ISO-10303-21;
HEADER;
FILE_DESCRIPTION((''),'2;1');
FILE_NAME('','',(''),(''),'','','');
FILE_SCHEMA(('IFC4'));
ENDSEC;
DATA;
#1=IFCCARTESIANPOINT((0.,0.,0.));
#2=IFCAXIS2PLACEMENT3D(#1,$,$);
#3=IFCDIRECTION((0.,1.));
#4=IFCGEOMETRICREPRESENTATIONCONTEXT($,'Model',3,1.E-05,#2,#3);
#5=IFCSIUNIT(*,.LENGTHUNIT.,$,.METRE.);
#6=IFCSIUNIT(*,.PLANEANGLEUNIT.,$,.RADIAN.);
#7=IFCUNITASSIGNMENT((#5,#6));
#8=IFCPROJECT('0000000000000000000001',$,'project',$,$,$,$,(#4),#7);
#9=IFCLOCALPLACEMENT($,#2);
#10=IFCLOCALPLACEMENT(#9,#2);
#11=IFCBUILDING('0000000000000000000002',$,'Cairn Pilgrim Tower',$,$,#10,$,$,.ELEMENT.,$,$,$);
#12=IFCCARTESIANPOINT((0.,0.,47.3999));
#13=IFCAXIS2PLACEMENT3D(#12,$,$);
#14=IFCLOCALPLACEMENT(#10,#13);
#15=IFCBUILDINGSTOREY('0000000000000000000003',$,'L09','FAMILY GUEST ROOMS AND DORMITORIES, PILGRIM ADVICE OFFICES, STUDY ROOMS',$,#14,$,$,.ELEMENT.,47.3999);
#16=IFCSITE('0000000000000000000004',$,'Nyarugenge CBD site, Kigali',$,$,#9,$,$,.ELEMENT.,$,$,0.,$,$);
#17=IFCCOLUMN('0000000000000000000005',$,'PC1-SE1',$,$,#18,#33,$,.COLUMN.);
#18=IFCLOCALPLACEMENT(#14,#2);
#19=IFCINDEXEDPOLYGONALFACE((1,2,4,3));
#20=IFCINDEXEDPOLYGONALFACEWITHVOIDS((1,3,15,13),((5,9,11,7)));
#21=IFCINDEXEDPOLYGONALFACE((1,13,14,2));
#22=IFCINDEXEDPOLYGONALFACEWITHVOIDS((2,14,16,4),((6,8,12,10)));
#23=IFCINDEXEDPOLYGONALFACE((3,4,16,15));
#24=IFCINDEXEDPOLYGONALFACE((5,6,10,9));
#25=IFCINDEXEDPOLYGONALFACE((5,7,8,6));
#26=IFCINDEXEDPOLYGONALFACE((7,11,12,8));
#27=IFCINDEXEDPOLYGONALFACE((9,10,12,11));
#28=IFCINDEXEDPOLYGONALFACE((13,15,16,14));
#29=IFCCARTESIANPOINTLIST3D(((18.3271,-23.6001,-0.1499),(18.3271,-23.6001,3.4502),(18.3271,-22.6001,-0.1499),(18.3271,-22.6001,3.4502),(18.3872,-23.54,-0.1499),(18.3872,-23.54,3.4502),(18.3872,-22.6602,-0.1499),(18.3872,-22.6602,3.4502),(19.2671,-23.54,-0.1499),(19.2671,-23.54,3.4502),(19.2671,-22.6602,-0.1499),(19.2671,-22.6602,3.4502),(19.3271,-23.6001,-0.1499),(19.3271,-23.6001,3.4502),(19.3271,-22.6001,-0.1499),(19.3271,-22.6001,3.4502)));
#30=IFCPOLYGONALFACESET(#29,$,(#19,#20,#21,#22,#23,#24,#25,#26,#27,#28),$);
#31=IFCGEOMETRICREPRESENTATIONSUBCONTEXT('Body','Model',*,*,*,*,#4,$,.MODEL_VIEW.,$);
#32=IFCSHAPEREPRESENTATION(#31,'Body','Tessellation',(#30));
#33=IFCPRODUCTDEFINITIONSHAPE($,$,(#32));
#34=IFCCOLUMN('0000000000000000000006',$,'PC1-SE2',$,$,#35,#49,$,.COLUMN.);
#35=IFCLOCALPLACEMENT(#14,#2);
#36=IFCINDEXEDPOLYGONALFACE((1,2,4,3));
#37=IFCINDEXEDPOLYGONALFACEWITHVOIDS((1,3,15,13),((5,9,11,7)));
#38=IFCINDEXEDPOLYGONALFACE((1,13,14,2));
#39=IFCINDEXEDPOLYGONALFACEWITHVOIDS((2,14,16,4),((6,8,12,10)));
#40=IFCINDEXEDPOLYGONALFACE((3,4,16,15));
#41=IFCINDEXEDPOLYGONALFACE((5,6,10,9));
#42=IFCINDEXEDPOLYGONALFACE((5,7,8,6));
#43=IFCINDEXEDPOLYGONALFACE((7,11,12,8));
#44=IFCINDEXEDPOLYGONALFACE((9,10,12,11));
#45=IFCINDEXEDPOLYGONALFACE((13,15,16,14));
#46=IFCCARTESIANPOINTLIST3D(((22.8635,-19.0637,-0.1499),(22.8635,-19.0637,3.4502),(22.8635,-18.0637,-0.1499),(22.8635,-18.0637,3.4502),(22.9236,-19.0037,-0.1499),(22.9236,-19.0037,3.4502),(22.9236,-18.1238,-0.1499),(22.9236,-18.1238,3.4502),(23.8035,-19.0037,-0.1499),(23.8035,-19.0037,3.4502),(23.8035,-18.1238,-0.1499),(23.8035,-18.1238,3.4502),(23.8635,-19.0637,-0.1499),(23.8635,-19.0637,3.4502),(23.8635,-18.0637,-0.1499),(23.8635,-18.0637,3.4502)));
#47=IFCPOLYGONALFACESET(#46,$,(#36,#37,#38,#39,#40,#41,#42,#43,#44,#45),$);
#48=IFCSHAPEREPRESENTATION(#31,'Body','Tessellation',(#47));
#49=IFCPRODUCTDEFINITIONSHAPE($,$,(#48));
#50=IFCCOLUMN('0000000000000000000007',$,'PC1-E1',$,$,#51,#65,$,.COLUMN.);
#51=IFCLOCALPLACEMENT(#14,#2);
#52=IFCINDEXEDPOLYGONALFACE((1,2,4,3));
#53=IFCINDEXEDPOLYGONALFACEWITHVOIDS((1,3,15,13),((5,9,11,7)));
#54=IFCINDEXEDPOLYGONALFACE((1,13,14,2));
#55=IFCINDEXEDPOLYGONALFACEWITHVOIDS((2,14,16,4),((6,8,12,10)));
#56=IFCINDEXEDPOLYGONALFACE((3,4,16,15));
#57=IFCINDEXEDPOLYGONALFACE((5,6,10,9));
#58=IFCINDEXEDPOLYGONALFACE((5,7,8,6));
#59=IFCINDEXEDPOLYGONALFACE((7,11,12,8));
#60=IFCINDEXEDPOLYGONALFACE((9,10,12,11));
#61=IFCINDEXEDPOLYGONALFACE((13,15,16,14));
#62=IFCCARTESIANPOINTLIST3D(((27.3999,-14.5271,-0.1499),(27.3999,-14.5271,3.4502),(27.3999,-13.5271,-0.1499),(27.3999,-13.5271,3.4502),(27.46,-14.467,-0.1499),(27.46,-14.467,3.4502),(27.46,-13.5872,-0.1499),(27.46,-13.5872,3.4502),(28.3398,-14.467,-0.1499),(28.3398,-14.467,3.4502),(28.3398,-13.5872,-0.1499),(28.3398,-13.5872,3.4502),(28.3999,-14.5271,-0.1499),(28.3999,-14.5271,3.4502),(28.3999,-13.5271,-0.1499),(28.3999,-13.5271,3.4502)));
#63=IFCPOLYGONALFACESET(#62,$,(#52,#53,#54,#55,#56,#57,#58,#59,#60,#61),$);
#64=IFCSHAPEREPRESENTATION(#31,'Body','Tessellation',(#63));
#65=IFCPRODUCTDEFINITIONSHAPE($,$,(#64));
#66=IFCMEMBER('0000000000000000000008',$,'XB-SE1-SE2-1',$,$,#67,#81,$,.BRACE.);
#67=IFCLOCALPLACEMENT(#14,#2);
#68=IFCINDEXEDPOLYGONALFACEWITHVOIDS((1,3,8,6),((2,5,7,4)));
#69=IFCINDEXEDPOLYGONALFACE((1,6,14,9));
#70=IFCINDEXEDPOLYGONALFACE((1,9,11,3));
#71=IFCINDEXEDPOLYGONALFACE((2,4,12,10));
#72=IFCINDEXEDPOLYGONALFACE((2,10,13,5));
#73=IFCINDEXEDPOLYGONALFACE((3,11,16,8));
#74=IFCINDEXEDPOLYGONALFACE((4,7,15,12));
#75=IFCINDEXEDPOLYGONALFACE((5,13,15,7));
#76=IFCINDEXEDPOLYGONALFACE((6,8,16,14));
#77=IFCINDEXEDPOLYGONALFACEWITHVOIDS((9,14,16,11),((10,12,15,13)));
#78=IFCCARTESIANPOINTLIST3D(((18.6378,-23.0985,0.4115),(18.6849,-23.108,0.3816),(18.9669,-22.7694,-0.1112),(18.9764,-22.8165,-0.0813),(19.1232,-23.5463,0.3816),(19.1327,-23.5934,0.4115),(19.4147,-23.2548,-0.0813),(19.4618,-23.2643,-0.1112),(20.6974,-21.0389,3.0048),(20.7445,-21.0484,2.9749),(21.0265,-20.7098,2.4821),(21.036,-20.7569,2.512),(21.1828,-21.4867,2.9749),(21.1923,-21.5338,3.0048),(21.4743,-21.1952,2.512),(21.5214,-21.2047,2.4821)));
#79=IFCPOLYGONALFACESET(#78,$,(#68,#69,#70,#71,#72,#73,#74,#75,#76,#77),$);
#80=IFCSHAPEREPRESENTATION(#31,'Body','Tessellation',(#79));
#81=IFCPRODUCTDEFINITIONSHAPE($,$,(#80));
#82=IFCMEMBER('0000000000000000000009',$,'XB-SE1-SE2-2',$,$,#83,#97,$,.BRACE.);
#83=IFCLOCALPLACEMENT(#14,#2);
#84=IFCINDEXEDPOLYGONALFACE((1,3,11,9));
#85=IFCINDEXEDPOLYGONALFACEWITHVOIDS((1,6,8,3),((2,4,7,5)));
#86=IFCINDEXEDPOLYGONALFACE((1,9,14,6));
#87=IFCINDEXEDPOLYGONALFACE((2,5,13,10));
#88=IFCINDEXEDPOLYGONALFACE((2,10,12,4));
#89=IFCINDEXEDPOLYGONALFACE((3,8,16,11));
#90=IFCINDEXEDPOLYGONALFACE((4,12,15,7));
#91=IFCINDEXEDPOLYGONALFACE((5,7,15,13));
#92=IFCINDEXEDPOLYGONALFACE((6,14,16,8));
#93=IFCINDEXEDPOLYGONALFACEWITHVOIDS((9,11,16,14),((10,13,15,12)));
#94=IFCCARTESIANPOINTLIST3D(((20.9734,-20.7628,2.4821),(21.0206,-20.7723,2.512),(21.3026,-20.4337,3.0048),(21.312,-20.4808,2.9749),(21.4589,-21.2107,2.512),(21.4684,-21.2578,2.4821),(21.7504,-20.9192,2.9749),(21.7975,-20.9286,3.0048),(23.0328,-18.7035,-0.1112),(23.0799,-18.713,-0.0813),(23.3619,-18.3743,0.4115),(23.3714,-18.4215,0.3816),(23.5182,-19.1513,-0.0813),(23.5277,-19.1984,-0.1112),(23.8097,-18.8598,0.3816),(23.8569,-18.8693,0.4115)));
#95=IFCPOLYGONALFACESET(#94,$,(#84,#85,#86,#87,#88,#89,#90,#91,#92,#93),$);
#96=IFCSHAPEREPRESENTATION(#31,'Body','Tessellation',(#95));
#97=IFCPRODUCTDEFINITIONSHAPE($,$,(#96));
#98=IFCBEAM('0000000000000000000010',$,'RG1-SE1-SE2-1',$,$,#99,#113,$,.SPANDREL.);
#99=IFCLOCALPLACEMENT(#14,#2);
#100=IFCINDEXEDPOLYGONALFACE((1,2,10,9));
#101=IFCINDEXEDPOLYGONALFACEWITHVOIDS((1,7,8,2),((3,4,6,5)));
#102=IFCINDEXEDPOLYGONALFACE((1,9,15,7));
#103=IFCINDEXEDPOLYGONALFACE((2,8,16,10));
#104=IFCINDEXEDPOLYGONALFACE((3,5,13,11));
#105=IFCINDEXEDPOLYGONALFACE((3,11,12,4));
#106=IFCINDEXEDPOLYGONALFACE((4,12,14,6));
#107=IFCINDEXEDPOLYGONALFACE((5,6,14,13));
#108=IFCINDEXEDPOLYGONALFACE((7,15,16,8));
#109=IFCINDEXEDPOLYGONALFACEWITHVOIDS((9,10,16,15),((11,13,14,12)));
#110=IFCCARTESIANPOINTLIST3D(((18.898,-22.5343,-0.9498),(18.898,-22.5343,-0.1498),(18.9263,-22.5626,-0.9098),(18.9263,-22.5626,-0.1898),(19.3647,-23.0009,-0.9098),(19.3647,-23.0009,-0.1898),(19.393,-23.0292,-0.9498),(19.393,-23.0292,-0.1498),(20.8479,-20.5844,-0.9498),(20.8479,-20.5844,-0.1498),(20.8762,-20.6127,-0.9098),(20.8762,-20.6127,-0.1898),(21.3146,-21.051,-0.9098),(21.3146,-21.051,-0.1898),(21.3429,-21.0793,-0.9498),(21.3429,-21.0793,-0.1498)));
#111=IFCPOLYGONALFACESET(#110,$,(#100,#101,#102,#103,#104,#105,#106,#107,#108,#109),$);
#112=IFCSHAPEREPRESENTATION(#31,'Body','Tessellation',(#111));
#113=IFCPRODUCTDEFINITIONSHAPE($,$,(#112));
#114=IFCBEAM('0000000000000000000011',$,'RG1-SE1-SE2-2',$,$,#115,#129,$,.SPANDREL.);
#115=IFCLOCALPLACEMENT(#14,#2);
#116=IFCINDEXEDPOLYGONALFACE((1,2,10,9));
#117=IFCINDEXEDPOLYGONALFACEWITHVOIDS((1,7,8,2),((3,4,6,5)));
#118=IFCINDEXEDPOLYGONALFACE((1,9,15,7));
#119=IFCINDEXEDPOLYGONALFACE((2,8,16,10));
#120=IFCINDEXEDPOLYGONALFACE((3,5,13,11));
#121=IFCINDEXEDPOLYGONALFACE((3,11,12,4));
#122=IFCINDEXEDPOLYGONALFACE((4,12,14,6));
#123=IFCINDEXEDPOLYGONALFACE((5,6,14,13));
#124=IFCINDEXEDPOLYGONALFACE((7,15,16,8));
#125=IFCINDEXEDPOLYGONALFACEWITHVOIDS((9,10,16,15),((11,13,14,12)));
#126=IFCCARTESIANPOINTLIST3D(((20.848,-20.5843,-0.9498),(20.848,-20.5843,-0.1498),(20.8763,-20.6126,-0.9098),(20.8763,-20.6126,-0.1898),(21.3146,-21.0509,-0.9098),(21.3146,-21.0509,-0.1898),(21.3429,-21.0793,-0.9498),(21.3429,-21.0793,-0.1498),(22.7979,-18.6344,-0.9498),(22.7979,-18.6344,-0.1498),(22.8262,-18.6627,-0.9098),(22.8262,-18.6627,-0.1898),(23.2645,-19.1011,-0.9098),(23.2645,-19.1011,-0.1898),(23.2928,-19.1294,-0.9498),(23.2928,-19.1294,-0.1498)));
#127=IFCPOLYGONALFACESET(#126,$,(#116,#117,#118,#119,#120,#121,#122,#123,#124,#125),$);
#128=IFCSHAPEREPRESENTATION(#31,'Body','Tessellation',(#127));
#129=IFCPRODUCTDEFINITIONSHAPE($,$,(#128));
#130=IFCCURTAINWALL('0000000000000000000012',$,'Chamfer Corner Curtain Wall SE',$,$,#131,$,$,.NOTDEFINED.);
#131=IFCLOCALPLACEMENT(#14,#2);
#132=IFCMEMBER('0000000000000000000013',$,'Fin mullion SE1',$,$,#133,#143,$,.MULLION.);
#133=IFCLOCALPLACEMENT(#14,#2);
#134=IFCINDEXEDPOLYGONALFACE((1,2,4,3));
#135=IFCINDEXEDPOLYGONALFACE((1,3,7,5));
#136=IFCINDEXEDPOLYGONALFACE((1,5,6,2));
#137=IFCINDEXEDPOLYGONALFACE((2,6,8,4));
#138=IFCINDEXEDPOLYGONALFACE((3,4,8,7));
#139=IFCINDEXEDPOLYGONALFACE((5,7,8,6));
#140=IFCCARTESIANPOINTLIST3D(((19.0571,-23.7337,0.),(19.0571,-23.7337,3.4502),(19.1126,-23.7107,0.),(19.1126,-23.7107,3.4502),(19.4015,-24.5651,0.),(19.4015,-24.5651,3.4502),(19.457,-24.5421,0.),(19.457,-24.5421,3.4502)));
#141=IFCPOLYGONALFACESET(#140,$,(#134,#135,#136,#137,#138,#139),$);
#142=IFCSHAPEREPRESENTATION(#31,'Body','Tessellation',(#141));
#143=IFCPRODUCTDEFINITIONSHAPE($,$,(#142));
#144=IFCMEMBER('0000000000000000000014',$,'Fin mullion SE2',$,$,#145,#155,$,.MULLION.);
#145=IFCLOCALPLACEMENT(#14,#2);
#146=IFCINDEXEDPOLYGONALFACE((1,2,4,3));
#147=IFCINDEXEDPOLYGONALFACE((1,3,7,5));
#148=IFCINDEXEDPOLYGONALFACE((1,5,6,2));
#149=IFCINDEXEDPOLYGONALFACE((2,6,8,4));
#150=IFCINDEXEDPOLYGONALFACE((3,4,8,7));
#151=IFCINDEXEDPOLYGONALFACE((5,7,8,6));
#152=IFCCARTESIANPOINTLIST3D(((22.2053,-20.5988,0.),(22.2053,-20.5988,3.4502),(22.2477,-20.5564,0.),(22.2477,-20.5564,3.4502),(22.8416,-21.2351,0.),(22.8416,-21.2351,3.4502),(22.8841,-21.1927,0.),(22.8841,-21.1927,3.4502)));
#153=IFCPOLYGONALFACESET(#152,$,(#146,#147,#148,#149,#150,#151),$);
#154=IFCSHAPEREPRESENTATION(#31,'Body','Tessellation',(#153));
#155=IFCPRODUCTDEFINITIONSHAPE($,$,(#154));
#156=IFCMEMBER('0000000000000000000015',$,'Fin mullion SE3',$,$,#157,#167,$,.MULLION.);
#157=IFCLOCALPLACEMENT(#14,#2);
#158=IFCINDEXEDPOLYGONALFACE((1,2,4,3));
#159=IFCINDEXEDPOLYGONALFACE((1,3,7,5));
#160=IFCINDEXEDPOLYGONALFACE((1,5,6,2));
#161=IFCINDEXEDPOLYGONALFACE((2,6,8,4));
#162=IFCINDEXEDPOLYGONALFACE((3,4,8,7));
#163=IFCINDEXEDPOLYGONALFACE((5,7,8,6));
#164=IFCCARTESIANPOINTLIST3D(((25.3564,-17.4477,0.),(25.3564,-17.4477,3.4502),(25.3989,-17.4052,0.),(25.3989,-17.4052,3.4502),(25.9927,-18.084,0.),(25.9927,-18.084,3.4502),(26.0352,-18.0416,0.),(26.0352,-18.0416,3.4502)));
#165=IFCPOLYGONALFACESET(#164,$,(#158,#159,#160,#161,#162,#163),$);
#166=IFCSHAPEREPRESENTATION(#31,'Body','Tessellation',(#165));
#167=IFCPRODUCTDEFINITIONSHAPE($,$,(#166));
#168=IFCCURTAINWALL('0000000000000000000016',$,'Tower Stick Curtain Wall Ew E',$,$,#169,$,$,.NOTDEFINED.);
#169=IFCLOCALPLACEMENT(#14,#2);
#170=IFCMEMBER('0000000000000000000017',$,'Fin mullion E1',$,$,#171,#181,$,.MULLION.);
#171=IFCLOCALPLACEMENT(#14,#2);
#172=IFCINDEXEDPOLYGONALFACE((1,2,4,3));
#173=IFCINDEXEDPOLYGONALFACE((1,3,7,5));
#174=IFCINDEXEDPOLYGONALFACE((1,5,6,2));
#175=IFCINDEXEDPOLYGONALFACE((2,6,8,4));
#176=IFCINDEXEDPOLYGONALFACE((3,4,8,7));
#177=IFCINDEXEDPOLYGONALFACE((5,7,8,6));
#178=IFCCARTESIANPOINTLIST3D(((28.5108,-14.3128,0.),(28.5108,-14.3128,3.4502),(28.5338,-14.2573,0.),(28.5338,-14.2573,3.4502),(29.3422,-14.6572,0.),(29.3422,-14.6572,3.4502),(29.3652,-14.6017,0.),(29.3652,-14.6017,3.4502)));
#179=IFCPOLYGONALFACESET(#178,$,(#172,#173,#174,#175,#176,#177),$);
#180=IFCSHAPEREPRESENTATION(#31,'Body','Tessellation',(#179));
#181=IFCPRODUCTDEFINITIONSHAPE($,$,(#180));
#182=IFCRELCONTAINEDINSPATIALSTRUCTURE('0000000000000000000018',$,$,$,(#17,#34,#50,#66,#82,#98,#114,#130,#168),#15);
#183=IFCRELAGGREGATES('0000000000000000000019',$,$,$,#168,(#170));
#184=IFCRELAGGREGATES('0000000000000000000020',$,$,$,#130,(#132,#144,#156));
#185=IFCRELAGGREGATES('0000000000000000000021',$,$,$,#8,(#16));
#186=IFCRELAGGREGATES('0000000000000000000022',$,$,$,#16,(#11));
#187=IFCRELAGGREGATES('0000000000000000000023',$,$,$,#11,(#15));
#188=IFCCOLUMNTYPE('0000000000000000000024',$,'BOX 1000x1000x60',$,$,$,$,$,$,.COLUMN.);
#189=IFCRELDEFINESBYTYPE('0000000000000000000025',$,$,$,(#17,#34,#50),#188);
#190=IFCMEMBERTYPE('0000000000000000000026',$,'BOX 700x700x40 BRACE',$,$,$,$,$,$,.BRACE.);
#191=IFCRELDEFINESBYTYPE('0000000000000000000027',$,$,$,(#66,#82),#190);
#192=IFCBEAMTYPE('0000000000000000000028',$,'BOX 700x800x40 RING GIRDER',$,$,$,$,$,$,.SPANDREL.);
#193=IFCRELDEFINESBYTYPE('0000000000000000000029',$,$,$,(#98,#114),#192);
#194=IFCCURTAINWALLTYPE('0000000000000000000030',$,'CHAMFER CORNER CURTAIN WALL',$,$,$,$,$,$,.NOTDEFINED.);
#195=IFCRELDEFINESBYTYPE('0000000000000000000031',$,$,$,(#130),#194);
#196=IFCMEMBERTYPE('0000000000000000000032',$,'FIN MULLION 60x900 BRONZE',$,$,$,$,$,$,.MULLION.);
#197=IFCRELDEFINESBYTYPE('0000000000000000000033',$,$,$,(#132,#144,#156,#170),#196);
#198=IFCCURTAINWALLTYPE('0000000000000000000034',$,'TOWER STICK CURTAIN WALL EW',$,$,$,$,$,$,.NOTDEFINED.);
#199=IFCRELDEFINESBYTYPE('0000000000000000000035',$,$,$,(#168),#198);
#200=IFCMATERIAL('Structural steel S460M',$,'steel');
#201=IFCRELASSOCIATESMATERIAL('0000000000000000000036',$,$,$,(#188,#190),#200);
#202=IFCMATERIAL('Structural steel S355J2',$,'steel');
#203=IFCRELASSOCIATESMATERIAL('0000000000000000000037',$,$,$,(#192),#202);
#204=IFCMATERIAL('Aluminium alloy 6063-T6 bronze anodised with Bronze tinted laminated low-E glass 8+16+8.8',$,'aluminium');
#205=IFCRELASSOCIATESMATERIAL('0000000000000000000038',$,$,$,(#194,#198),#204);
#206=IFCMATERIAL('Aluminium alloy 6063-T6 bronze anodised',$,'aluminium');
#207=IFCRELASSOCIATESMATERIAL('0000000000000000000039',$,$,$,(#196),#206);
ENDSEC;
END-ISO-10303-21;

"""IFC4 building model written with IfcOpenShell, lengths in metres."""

from ifc_helpers import new_model, si_unit, direction, frame, origin, origin_2d, place, context, subcontext, project, spatial, rectangle, hollow_rectangle, extrude, material, material_profile, profile_set, type_object, element, aggregate, save


model = new_model("IFC4")

# Units and contexts
model_context = context("Model", 3, precision=1e-05, world=origin(), true_north=direction((0.0, 1.0)))
body_context = subcontext(model_context, "Body", "Model", "MODEL_VIEW")
ifc_project = project(units=[si_unit("LENGTHUNIT", "METRE"), si_unit("PLANEANGLEUNIT", "RADIAN")], contexts=[model_context])

# Site, building, storey
site_placement = place(None, origin())
site = spatial("IfcSite", under=ifc_project, at=site_placement, Name="Nyarugenge CBD site, Kigali", CompositionType="ELEMENT", RefElevation=0.0)
building_placement = place(site_placement, origin())
building = spatial("IfcBuilding", under=site, at=building_placement, Name="Cairn Pilgrim Tower", CompositionType="ELEMENT")
storey_placement = place(building_placement, frame((0.0, 0.0, 47.3999)))
storey = spatial("IfcBuildingStorey", under=building, at=storey_placement, Name="L09", Description="FAMILY GUEST ROOMS AND DORMITORIES, PILGRIM ADVICE OFFICES, STUDY ROOMS", CompositionType="ELEMENT", Elevation=47.3999)

# Columns
ifc_material_1 = material(Name="Structural steel S460M", Category="steel")
ifc_material_profile_1 = material_profile(ifc_material_1, hollow_rectangle(XDim=1.0, YDim=1.0, WallThickness=0.0601, at=origin_2d()), Name="BOX 1000x1000x60")
ifc_profile_set_1 = profile_set([ifc_material_profile_1], Name="Structural steel S460M")
column_type = type_object("IfcColumnType", Name="BOX 1000x1000x60", PredefinedType="COLUMN", material=ifc_profile_set_1)
for number, where, z_axis, x_axis, name in (
    (1, (18.8271, -23.1001, -0.1499), (0.0, 0.0, 1.0), (1.0, 0.0, 0.0), "PC1-SE1"),
    (2, (23.3635, -18.5637, -0.1499), (0.0, 0.0, 1.0), (1.0, 0.0, 0.0), "PC1-SE2"),
    (3, (27.8999, -14.0271, -0.1499), (0.0, 0.0, 1.0), (1.0, 0.0, 0.0), "PC1-E1"),
):
    element("IfcColumn", number, at=place(storey_placement, frame(where, z_axis=z_axis, x_axis=x_axis)), inside=storey, type_object=column_type, Name=name, PredefinedType="COLUMN", context=body_context, shape_type="SweptSolid", body=[
        extrude(hollow_rectangle(XDim=1.0, YDim=1.0, WallThickness=0.0601, at=origin_2d()), origin(), (0.0, 0.0, 1.0), 3.6001),
    ])

# Members
ifc_material_profile_2 = material_profile(ifc_material_1, hollow_rectangle(XDim=0.7, YDim=0.7, WallThickness=0.04, at=origin_2d()), Name="BOX 700x700x40")
ifc_profile_set_2 = profile_set([ifc_material_profile_2], Name="Structural steel S460M")
member_type_1 = type_object("IfcMemberType", Name="BOX 700x700x40 BRACE", PredefinedType="BRACE", material=ifc_profile_set_2)
member_1_placement = place(storey_placement, frame((19.0498, -23.1814, 0.1501), z_axis=(0.528118, 0.528118, 0.664968), x_axis=(-0.707107, 0.707107, 0.0)))
element("IfcMember", 4, at=member_1_placement, inside=storey, type_object=member_type_1, Name="XB-SE1-SE2-1", PredefinedType="BRACE", context=body_context, shape_type="SweptSolid", body=[
    extrude(hollow_rectangle(XDim=0.7, YDim=0.7, WallThickness=0.04, at=origin_2d()), origin(), (0.0, 0.0, 1.0), 3.8999),
])
member_2_placement = place(storey_placement, frame((23.4448, -18.7864, 0.1501), z_axis=(-0.52809, -0.52809, 0.665012), x_axis=(0.707107, -0.707107, 0.0)))
element("IfcMember", 5, at=member_2_placement, inside=storey, type_object=member_type_1, Name="XB-SE1-SE2-2", PredefinedType="BRACE", context=body_context, shape_type="SweptSolid", body=[
    extrude(hollow_rectangle(XDim=0.7, YDim=0.7, WallThickness=0.04, at=origin_2d()), origin(), (0.0, 0.0, 1.0), 3.8997),
])

# Beams
ifc_material_2 = material(Name="Structural steel S355J2", Category="steel")
ifc_material_profile_3 = material_profile(ifc_material_2, hollow_rectangle(XDim=0.7, YDim=0.8, WallThickness=0.04, at=origin_2d()), Name="BOX 700x800x40")
ifc_profile_set_3 = profile_set([ifc_material_profile_3], Name="Structural steel S355J2")
beam_type_1 = type_object("IfcBeamType", Name="BOX 700x800x40 RING GIRDER", PredefinedType="SPANDREL", material=ifc_profile_set_3)
for number, where, z_axis, x_axis, name in (
    (6, (19.1455, -22.7817, -0.5498), (0.707107, 0.707107, 0.0), (-0.707107, 0.707107, 0.0), "RG1-SE1-SE2-1"),
    (7, (21.0955, -20.8318, -0.5498), (0.707107, 0.707107, 0.0), (-0.707107, 0.707107, 0.0), "RG1-SE1-SE2-2"),
):
    element("IfcBeam", number, at=place(storey_placement, frame(where, z_axis=z_axis, x_axis=x_axis)), inside=storey, type_object=beam_type_1, Name=name, PredefinedType="SPANDREL", context=body_context, shape_type="SweptSolid", body=[
        extrude(hollow_rectangle(XDim=0.7, YDim=0.8, WallThickness=0.04, at=origin_2d()), origin(), (0.0, 0.0, 1.0), 2.7576),
    ])

# Curtain wall, members
ifc_material_3 = material(Name="Aluminium alloy 6063-T6 bronze anodised with Bronze tinted laminated low-E glass 8+16+8.8", Category="aluminium")
curtain_wall_type_1 = type_object("IfcCurtainWallType", Name="CHAMFER CORNER CURTAIN WALL", PredefinedType="NOTDEFINED", material=ifc_material_3)
curtain_wall_1_placement = place(storey_placement, origin())
curtain_wall_1 = element("IfcCurtainWall", 8, at=curtain_wall_1_placement, inside=storey, type_object=curtain_wall_type_1, Name="Chamfer Corner Curtain Wall SE", PredefinedType="NOTDEFINED")
ifc_material_4 = material(Name="Aluminium alloy 6063-T6 bronze anodised", Category="aluminium")
ifc_material_profile_4 = material_profile(ifc_material_4, rectangle(XDim=0.8999, YDim=0.0601, at=origin_2d()), Name="FIN MULLION 60x900 BRONZE")
ifc_profile_set_4 = profile_set([ifc_material_profile_4], Name="Aluminium alloy 6063-T6 bronze anodised")
member_type_2 = type_object("IfcMemberType", Name="FIN MULLION 60x900 BRONZE", PredefinedType="MULLION", material=ifc_profile_set_4)
member_3_placement = place(storey_placement, frame((19.2571, -24.1379, 0.0), z_axis=(0.0, 0.0, 1.0), x_axis=(0.382683, -0.92388, 0.0)))
member_3 = element("IfcMember", 9, at=member_3_placement, type_object=member_type_2, Name="Fin mullion SE1", PredefinedType="MULLION", context=body_context, shape_type="SweptSolid", body=[
    extrude(rectangle(XDim=0.8999, YDim=0.0601, at=origin_2d()), origin(), (0.0, 0.0, 1.0), 3.4502),
])
member_4_placement = place(storey_placement, frame((22.5447, -20.8958, 0.0), z_axis=(0.0, 0.0, 1.0), x_axis=(0.707107, -0.707107, 0.0)))
member_4 = element("IfcMember", 10, at=member_4_placement, type_object=member_type_2, Name="Fin mullion SE2", PredefinedType="MULLION", context=body_context, shape_type="SweptSolid", body=[
    extrude(rectangle(XDim=0.8999, YDim=0.0601, at=origin_2d()), origin(), (0.0, 0.0, 1.0), 3.4502),
])
member_5_placement = place(storey_placement, frame((25.6958, -17.7446, 0.0), z_axis=(0.0, 0.0, 1.0), x_axis=(0.707107, -0.707107, 0.0)))
member_5 = element("IfcMember", 11, at=member_5_placement, type_object=member_type_2, Name="Fin mullion SE3", PredefinedType="MULLION", context=body_context, shape_type="SweptSolid", body=[
    extrude(rectangle(XDim=0.8999, YDim=0.0601, at=origin_2d()), origin(), (0.0, 0.0, 1.0), 3.4502),
])

# Curtain wall, member
curtain_wall_type_2 = type_object("IfcCurtainWallType", Name="TOWER STICK CURTAIN WALL EW", PredefinedType="NOTDEFINED", material=ifc_material_3)
curtain_wall_2_placement = place(storey_placement, origin())
curtain_wall_2 = element("IfcCurtainWall", 12, at=curtain_wall_2_placement, inside=storey, type_object=curtain_wall_type_2, Name="Tower Stick Curtain Wall Ew E", PredefinedType="NOTDEFINED")
member_6_placement = place(storey_placement, frame((28.938, -14.4573, 0.0), z_axis=(0.0, 0.0, 1.0), x_axis=(0.92388, -0.382683, 0.0)))
member_6 = element("IfcMember", 13, at=member_6_placement, type_object=member_type_2, Name="Fin mullion E1", PredefinedType="MULLION", context=body_context, shape_type="SweptSolid", body=[
    extrude(rectangle(XDim=0.8999, YDim=0.0601, at=origin_2d()), origin(), (0.0, 0.0, 1.0), 3.4502),
])

aggregate(curtain_wall_2, [member_6])

aggregate(curtain_wall_1, [member_3, member_4, member_5])

save(model, "model.ifc")
